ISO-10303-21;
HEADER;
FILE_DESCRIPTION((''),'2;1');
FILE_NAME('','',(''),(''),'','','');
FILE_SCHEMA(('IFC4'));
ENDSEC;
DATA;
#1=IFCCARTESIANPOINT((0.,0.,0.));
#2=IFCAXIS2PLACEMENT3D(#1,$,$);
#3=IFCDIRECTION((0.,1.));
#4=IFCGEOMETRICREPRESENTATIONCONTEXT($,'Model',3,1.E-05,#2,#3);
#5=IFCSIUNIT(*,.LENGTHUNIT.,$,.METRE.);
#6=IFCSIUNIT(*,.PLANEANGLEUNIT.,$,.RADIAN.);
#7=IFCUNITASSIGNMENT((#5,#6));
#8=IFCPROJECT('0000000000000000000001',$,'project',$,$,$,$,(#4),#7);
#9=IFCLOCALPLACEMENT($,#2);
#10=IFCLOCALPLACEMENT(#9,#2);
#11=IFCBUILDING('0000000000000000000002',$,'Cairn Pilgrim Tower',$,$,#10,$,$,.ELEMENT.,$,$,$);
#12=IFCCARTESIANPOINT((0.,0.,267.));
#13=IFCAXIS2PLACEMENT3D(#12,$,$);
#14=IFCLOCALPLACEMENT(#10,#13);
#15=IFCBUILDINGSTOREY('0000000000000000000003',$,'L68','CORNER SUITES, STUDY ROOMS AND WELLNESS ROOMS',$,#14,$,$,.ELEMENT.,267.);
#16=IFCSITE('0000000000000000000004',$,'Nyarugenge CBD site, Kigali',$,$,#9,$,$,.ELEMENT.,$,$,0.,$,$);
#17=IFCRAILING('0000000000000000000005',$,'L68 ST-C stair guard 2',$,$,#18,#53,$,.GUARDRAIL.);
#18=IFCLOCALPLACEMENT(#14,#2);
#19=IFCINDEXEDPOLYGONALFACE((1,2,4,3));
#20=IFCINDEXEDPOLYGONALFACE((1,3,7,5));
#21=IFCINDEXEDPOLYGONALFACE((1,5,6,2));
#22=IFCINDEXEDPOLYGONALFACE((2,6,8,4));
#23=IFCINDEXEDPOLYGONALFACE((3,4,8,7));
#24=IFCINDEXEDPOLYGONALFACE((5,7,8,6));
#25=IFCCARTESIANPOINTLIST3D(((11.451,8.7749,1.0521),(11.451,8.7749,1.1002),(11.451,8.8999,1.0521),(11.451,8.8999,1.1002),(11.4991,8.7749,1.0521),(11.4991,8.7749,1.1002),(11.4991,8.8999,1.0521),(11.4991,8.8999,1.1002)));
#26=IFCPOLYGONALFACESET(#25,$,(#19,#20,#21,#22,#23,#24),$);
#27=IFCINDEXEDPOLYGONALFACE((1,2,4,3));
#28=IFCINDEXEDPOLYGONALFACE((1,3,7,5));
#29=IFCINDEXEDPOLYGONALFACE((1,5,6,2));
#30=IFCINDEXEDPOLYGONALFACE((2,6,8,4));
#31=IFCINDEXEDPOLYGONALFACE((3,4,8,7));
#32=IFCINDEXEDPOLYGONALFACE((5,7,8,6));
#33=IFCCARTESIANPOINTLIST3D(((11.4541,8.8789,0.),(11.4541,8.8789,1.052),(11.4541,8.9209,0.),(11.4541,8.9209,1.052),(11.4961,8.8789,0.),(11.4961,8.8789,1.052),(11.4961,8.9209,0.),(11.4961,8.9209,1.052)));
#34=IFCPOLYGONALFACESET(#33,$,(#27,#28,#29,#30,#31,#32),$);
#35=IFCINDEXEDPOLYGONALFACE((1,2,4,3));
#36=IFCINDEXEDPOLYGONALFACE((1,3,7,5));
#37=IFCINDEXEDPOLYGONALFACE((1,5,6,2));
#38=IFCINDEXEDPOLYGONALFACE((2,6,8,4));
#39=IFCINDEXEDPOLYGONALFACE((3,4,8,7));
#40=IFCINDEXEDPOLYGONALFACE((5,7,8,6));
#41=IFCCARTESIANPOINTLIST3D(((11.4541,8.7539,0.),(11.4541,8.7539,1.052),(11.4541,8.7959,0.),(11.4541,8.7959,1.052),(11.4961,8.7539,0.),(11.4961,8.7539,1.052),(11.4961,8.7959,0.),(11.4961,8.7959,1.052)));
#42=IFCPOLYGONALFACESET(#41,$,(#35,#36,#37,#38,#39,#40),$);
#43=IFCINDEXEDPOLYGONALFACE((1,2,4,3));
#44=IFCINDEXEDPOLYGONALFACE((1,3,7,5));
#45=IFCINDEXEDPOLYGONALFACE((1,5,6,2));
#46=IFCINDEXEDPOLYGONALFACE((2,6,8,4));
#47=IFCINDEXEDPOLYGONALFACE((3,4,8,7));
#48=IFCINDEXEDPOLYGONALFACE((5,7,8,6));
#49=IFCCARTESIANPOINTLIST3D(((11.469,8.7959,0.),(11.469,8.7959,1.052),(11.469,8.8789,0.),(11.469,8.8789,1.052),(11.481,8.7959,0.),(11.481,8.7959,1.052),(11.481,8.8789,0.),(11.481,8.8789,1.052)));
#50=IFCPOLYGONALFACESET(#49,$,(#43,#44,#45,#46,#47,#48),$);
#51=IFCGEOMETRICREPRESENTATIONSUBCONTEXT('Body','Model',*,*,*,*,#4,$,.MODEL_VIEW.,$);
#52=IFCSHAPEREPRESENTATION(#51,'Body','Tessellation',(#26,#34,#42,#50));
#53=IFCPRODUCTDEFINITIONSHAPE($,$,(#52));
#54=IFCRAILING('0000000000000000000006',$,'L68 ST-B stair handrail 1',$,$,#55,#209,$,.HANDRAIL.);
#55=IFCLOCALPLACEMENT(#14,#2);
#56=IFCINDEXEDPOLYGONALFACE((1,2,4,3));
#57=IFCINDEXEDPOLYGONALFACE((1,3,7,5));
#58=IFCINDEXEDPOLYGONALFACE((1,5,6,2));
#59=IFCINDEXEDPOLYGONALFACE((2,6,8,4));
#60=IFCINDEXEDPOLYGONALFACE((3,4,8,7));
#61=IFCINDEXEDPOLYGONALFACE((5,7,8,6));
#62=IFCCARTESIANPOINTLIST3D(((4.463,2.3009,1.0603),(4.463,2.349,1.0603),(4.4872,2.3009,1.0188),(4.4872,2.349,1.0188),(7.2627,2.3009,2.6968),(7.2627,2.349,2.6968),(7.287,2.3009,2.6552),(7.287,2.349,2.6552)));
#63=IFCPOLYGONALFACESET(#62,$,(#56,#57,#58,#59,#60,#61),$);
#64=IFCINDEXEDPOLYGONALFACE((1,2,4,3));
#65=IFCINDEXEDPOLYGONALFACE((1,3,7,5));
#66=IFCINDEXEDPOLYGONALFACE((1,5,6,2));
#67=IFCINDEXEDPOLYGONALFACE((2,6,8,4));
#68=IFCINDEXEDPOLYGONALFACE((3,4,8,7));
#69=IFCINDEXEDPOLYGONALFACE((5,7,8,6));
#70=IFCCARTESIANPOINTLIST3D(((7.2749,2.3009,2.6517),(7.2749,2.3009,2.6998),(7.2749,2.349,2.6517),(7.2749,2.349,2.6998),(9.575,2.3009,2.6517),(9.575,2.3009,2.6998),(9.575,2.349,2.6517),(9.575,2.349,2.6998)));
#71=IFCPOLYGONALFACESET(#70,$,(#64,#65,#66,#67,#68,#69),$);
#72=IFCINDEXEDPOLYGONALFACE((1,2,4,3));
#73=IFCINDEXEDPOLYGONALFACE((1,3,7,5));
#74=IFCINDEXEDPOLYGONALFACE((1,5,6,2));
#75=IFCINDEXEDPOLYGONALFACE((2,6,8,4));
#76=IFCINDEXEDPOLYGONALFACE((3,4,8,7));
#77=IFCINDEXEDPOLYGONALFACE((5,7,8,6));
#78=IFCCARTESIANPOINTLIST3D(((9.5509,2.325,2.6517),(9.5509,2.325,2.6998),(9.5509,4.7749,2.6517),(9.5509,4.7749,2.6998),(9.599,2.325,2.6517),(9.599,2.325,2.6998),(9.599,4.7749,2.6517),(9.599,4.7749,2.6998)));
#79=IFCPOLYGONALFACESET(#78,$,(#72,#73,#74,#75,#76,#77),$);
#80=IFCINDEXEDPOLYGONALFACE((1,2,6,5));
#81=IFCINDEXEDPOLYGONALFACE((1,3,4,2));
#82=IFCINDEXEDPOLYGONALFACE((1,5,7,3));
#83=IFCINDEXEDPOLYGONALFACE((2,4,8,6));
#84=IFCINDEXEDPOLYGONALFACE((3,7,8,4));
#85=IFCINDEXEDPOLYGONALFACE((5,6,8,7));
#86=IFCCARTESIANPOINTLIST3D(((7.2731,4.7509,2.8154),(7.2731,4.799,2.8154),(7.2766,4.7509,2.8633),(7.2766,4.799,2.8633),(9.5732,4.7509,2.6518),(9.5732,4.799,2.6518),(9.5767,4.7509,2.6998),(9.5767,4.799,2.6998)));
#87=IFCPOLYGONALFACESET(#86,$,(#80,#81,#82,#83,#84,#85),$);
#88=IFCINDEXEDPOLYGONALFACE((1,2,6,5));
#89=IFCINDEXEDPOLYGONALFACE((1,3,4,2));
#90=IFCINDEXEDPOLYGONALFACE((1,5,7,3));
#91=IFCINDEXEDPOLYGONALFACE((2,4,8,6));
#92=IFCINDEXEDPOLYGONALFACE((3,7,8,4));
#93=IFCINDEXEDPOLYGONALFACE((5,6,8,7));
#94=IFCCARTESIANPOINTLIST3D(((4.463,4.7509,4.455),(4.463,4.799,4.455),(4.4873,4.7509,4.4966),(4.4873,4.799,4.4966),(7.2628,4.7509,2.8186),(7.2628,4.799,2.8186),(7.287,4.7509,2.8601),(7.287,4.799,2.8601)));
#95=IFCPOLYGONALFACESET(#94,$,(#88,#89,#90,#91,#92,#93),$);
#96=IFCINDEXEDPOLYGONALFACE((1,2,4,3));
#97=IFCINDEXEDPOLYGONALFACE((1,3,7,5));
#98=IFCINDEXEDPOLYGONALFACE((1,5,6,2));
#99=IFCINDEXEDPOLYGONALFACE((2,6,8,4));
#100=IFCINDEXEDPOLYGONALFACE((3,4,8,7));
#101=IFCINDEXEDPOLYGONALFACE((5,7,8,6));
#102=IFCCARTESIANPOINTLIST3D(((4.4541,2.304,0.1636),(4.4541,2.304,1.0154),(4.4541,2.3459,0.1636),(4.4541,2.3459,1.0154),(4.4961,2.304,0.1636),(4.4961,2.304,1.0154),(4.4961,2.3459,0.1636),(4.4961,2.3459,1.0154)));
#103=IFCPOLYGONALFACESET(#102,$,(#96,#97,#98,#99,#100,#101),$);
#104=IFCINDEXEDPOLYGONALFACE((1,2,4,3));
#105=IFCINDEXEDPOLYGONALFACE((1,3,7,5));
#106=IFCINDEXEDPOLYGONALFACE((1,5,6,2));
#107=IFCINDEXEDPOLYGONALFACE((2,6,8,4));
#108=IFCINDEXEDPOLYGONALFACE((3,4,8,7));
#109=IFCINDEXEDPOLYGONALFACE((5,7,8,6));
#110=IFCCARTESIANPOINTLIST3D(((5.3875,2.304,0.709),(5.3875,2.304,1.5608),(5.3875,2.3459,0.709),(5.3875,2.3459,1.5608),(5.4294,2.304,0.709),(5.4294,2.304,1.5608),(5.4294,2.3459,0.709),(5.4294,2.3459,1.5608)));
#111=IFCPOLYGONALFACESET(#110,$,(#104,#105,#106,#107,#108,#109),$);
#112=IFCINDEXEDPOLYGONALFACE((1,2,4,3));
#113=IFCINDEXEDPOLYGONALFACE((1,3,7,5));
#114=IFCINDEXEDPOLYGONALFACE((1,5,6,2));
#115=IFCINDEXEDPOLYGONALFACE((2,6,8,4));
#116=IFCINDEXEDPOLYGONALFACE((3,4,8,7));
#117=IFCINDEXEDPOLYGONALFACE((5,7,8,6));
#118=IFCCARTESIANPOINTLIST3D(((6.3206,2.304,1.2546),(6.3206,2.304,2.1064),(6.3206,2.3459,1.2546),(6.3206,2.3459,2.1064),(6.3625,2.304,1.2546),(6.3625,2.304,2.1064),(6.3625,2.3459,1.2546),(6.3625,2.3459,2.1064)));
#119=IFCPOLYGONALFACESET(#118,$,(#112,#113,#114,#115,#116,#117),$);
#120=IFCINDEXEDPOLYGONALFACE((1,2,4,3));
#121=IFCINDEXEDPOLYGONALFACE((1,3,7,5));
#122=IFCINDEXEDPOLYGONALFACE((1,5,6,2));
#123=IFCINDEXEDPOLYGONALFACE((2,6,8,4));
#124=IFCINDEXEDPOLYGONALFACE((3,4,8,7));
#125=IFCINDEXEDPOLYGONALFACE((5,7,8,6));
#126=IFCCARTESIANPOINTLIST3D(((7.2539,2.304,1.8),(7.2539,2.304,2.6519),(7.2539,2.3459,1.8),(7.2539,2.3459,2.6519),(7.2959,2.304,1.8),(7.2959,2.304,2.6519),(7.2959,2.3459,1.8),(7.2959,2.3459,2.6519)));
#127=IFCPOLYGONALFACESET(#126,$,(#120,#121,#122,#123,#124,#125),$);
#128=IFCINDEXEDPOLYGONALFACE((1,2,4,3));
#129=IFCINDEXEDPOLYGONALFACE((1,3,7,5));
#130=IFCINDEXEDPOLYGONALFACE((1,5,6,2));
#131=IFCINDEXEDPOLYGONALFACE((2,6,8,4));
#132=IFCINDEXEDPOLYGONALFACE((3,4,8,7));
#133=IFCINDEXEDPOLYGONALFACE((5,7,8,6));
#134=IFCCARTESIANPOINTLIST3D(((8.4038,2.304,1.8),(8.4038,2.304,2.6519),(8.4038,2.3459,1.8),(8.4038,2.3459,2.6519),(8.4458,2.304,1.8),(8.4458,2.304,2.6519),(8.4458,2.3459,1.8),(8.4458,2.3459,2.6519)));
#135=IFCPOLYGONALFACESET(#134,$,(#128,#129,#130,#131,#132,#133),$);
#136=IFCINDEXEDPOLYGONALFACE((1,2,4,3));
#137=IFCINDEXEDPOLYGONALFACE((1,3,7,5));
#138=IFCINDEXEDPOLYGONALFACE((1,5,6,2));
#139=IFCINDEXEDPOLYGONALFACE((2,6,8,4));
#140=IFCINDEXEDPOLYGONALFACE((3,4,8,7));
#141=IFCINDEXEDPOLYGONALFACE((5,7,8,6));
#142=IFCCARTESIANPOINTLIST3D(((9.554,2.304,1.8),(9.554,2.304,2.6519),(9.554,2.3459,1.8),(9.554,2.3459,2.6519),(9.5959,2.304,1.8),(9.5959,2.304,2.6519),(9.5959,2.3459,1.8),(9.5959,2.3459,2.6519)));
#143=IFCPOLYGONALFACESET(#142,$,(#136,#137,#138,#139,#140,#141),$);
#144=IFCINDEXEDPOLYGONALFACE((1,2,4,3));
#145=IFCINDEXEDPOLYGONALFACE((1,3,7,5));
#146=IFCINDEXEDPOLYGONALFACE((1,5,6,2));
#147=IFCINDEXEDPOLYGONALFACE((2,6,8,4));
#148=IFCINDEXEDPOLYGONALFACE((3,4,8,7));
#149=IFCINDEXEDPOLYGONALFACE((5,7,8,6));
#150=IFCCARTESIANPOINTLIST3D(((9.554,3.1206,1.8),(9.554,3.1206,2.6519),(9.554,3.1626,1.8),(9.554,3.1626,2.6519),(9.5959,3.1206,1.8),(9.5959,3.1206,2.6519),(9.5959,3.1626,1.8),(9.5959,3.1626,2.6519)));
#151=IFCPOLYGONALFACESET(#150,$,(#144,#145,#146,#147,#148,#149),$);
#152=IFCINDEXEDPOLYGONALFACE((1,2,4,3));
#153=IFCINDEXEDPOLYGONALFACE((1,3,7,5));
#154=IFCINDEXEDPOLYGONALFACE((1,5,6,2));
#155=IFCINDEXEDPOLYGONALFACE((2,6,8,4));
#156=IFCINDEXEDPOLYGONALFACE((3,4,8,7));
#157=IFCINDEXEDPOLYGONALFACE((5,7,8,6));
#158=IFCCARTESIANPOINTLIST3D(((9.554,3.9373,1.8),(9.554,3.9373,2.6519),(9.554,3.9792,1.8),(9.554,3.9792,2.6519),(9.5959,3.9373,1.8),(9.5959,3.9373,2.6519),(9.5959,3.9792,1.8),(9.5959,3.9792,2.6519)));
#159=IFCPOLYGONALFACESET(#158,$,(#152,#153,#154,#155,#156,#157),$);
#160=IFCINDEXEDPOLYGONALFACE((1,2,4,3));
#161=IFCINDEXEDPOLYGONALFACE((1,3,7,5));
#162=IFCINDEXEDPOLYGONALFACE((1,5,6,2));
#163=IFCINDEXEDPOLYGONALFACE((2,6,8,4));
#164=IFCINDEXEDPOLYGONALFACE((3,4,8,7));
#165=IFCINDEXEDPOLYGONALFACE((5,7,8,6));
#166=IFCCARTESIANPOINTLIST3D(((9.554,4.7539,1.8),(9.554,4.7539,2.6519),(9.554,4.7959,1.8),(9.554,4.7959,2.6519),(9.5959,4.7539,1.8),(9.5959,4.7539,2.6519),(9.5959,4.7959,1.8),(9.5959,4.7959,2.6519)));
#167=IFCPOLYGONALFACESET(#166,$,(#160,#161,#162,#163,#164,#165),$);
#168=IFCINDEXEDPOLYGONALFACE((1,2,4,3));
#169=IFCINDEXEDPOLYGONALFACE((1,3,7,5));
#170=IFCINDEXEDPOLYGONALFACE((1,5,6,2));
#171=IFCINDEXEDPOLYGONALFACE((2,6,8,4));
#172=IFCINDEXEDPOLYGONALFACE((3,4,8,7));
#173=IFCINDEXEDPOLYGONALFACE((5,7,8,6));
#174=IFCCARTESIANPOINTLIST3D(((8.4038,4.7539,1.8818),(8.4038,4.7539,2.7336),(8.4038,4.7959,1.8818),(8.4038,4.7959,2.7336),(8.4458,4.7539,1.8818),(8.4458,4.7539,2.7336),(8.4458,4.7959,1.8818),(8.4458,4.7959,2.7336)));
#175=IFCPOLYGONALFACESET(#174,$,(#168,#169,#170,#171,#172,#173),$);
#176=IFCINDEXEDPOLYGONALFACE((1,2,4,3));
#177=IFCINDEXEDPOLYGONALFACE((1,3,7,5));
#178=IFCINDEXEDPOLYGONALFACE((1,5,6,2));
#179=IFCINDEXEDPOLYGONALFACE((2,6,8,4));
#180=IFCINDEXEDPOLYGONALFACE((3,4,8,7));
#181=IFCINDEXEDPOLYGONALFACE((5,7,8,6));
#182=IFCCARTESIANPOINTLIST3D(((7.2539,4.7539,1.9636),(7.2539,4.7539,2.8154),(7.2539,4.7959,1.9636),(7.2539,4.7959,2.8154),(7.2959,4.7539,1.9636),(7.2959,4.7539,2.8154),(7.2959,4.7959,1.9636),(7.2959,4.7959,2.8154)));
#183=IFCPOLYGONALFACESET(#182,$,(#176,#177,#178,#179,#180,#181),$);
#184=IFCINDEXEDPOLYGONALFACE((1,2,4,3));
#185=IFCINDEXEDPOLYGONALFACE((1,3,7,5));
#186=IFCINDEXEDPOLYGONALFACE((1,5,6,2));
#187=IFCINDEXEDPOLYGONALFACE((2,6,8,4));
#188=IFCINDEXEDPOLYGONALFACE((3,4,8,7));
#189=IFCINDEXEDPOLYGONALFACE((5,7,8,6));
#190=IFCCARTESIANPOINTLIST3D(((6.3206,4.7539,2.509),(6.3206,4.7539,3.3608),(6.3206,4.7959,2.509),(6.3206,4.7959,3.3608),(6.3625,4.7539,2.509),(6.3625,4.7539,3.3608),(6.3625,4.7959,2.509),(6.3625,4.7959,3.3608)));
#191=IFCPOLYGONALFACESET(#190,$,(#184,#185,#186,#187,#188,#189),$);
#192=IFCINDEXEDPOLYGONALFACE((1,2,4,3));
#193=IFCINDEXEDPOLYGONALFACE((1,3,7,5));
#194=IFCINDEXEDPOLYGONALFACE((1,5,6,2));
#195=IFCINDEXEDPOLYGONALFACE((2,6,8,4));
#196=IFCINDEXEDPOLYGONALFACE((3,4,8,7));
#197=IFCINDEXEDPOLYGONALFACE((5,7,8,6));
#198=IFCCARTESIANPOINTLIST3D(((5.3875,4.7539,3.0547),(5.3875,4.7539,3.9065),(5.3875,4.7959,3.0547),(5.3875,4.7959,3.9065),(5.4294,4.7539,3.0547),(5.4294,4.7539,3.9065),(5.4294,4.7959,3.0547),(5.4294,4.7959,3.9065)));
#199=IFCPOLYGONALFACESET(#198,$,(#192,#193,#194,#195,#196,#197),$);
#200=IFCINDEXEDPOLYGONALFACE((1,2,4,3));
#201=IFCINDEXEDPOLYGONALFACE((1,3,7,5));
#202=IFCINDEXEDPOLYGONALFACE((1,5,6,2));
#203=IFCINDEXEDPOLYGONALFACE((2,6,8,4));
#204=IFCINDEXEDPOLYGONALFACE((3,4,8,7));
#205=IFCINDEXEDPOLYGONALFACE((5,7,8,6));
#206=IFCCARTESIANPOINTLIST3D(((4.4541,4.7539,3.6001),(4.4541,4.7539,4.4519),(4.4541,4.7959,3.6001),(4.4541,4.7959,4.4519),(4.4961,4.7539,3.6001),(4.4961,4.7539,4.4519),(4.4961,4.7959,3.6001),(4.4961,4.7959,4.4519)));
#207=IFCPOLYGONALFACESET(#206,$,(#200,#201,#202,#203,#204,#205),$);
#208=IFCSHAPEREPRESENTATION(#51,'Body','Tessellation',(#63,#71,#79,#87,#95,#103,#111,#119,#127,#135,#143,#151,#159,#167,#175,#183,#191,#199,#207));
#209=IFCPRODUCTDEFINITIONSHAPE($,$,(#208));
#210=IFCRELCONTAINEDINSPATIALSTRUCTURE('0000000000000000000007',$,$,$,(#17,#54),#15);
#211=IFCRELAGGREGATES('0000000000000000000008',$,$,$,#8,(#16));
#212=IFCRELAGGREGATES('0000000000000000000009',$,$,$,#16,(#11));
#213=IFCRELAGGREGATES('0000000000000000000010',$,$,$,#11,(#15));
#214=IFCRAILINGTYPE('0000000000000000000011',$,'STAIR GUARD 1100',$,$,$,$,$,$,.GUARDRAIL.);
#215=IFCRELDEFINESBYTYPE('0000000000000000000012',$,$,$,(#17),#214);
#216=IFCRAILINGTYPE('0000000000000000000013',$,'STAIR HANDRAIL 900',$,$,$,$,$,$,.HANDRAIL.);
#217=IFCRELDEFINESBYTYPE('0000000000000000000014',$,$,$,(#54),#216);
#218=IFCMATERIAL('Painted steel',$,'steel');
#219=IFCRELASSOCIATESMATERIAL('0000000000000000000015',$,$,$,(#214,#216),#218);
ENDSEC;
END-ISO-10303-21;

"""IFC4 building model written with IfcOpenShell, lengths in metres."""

from ifc_helpers import new_model, si_unit, direction, frame, origin, origin_2d, place, context, subcontext, project, spatial, polyline, rectangle, outline, extrude, material, type_object, element, save


model = new_model("IFC4")

# Units and contexts
model_context = context("Model", 3, precision=1e-05, world=origin(), true_north=direction((0.0, 1.0)))
body_context = subcontext(model_context, "Body", "Model", "MODEL_VIEW")
ifc_project = project(units=[si_unit("LENGTHUNIT", "METRE"), si_unit("PLANEANGLEUNIT", "RADIAN")], contexts=[model_context])

# Site, building, storey
site_placement = place(None, origin())
site = spatial("IfcSite", under=ifc_project, at=site_placement, Name="Nyarugenge CBD site, Kigali", CompositionType="ELEMENT", RefElevation=0.0)
building_placement = place(site_placement, origin())
building = spatial("IfcBuilding", under=site, at=building_placement, Name="Cairn Pilgrim Tower", CompositionType="ELEMENT")
storey_placement = place(building_placement, frame((0.0, 0.0, 267.0)))
storey = spatial("IfcBuildingStorey", under=building, at=storey_placement, Name="L68", Description="CORNER SUITES, STUDY ROOMS AND WELLNESS ROOMS", CompositionType="ELEMENT", Elevation=267.0)

# Shared definitions
ifc_material_1 = material(Name="Painted steel", Category="steel")

# Railings
railing_type_1 = type_object("IfcRailingType", Name="STAIR GUARD 1100", PredefinedType="GUARDRAIL", material=ifc_material_1)
railing_1_placement = place(storey_placement, frame((11.4751, 8.8999, 0.0)))
element("IfcRailing", 1, at=railing_1_placement, inside=storey, type_object=railing_type_1, Name="L68 ST-C stair guard 2", PredefinedType="GUARDRAIL", context=body_context, shape_type="SweptSolid", body=[
    extrude(rectangle(XDim=0.0481, YDim=0.0481, at=origin_2d()), frame((0.0, 0.0, 1.0762), z_axis=(0.0, -1.0, 0.0), x_axis=(1.0, 0.0, 0.0)), (0.0, 0.0, 1.0), 0.125),
    extrude(rectangle(XDim=0.042, YDim=0.042, at=origin_2d()), origin(), (0.0, 0.0, 1.0), 1.052),
    extrude(rectangle(XDim=0.042, YDim=0.042, at=origin_2d()), frame((0.0, -0.125, 0.0)), (0.0, 0.0, 1.0), 1.052),
    extrude(outline(polyline([(0.021, 0.0), (0.104, 0.0), (0.104, 1.052), (0.021, 1.052), (0.021, 0.0)])), frame((0.0059, 0.0, 0.0), z_axis=(-1.0, 0.0, 0.0), x_axis=(0.0, -1.0, 0.0)), (0.0, 0.0, 1.0), 0.012),
])
railing_type_2 = type_object("IfcRailingType", Name="STAIR HANDRAIL 900", PredefinedType="HANDRAIL", material=ifc_material_1)
railing_2_placement = place(storey_placement, frame((4.4751, 2.325, 0.1636)))
element("IfcRailing", 2, at=railing_2_placement, inside=storey, type_object=railing_type_2, Name="L68 ST-B stair handrail 1", PredefinedType="HANDRAIL", context=body_context, shape_type="SweptSolid", body=[
    extrude(rectangle(XDim=0.0481, YDim=0.0481, at=origin_2d()), frame((0.0, 0.0, 0.876), z_axis=(0.863342, 0.0, 0.50462), x_axis=(0.0, 1.0, 0.0)), (0.0, 0.0, 1.0), 3.2429),
    extrude(rectangle(XDim=0.0481, YDim=0.0481, at=origin_2d()), frame((2.7998, 0.0, 2.5122), z_axis=(1.0, 0.0, 0.0), x_axis=(0.0, 1.0, 0.0)), (0.0, 0.0, 1.0), 2.3),
    extrude(rectangle(XDim=0.0481, YDim=0.0481, at=origin_2d()), frame((5.0999, 0.0, 2.5122), z_axis=(0.0, 1.0, 0.0), x_axis=(-1.0, 0.0, 0.0)), (0.0, 0.0, 1.0), 2.45),
    extrude(rectangle(XDim=0.0481, YDim=0.0481, at=origin_2d()), frame((5.0999, 2.45, 2.5122), z_axis=(-0.997481, 0.0, 0.070939), x_axis=(0.0, -1.0, 0.0)), (0.0, 0.0, 1.0), 2.3059),
    extrude(rectangle(XDim=0.0481, YDim=0.0481, at=origin_2d()), frame((2.7998, 2.45, 2.6758), z_axis=(-0.863342, 0.0, 0.50462), x_axis=(0.0, -1.0, 0.0)), (0.0, 0.0, 1.0), 3.2429),
    extrude(rectangle(XDim=0.042, YDim=0.042, at=origin_2d()), origin(), (0.0, 0.0, 1.0), 0.8518),
    extrude(rectangle(XDim=0.042, YDim=0.042, at=origin_2d()), frame((0.9333, 0.0, 0.5454)), (0.0, 0.0, 1.0), 0.8518),
    extrude(rectangle(XDim=0.042, YDim=0.042, at=origin_2d()), frame((1.8665, 0.0, 1.0911)), (0.0, 0.0, 1.0), 0.8518),
    extrude(rectangle(XDim=0.042, YDim=0.042, at=origin_2d()), frame((2.7998, 0.0, 1.6365)), (0.0, 0.0, 1.0), 0.8518),
    extrude(rectangle(XDim=0.042, YDim=0.042, at=origin_2d()), frame((3.9497, 0.0, 1.6365)), (0.0, 0.0, 1.0), 0.8518),
    extrude(rectangle(XDim=0.042, YDim=0.042, at=origin_2d()), frame((5.0999, 0.0, 1.6365)), (0.0, 0.0, 1.0), 0.8518),
    extrude(rectangle(XDim=0.042, YDim=0.042, at=origin_2d()), frame((5.0999, 0.8167, 1.6365)), (0.0, 0.0, 1.0), 0.8518),
    extrude(rectangle(XDim=0.042, YDim=0.042, at=origin_2d()), frame((5.0999, 1.6333, 1.6365)), (0.0, 0.0, 1.0), 0.8518),
    extrude(rectangle(XDim=0.042, YDim=0.042, at=origin_2d()), frame((5.0999, 2.45, 1.6365)), (0.0, 0.0, 1.0), 0.8518),
    extrude(rectangle(XDim=0.042, YDim=0.042, at=origin_2d()), frame((3.9497, 2.45, 1.7183)), (0.0, 0.0, 1.0), 0.8518),
    extrude(rectangle(XDim=0.042, YDim=0.042, at=origin_2d()), frame((2.7998, 2.45, 1.8)), (0.0, 0.0, 1.0), 0.8518),
    extrude(rectangle(XDim=0.042, YDim=0.042, at=origin_2d()), frame((1.8665, 2.45, 2.3455)), (0.0, 0.0, 1.0), 0.8518),
    extrude(rectangle(XDim=0.042, YDim=0.042, at=origin_2d()), frame((0.9333, 2.45, 2.8911)), (0.0, 0.0, 1.0), 0.8518),
    extrude(rectangle(XDim=0.042, YDim=0.042, at=origin_2d()), frame((0.0, 2.45, 3.4365)), (0.0, 0.0, 1.0), 0.8518),
])

save(model, "model.ifc")
